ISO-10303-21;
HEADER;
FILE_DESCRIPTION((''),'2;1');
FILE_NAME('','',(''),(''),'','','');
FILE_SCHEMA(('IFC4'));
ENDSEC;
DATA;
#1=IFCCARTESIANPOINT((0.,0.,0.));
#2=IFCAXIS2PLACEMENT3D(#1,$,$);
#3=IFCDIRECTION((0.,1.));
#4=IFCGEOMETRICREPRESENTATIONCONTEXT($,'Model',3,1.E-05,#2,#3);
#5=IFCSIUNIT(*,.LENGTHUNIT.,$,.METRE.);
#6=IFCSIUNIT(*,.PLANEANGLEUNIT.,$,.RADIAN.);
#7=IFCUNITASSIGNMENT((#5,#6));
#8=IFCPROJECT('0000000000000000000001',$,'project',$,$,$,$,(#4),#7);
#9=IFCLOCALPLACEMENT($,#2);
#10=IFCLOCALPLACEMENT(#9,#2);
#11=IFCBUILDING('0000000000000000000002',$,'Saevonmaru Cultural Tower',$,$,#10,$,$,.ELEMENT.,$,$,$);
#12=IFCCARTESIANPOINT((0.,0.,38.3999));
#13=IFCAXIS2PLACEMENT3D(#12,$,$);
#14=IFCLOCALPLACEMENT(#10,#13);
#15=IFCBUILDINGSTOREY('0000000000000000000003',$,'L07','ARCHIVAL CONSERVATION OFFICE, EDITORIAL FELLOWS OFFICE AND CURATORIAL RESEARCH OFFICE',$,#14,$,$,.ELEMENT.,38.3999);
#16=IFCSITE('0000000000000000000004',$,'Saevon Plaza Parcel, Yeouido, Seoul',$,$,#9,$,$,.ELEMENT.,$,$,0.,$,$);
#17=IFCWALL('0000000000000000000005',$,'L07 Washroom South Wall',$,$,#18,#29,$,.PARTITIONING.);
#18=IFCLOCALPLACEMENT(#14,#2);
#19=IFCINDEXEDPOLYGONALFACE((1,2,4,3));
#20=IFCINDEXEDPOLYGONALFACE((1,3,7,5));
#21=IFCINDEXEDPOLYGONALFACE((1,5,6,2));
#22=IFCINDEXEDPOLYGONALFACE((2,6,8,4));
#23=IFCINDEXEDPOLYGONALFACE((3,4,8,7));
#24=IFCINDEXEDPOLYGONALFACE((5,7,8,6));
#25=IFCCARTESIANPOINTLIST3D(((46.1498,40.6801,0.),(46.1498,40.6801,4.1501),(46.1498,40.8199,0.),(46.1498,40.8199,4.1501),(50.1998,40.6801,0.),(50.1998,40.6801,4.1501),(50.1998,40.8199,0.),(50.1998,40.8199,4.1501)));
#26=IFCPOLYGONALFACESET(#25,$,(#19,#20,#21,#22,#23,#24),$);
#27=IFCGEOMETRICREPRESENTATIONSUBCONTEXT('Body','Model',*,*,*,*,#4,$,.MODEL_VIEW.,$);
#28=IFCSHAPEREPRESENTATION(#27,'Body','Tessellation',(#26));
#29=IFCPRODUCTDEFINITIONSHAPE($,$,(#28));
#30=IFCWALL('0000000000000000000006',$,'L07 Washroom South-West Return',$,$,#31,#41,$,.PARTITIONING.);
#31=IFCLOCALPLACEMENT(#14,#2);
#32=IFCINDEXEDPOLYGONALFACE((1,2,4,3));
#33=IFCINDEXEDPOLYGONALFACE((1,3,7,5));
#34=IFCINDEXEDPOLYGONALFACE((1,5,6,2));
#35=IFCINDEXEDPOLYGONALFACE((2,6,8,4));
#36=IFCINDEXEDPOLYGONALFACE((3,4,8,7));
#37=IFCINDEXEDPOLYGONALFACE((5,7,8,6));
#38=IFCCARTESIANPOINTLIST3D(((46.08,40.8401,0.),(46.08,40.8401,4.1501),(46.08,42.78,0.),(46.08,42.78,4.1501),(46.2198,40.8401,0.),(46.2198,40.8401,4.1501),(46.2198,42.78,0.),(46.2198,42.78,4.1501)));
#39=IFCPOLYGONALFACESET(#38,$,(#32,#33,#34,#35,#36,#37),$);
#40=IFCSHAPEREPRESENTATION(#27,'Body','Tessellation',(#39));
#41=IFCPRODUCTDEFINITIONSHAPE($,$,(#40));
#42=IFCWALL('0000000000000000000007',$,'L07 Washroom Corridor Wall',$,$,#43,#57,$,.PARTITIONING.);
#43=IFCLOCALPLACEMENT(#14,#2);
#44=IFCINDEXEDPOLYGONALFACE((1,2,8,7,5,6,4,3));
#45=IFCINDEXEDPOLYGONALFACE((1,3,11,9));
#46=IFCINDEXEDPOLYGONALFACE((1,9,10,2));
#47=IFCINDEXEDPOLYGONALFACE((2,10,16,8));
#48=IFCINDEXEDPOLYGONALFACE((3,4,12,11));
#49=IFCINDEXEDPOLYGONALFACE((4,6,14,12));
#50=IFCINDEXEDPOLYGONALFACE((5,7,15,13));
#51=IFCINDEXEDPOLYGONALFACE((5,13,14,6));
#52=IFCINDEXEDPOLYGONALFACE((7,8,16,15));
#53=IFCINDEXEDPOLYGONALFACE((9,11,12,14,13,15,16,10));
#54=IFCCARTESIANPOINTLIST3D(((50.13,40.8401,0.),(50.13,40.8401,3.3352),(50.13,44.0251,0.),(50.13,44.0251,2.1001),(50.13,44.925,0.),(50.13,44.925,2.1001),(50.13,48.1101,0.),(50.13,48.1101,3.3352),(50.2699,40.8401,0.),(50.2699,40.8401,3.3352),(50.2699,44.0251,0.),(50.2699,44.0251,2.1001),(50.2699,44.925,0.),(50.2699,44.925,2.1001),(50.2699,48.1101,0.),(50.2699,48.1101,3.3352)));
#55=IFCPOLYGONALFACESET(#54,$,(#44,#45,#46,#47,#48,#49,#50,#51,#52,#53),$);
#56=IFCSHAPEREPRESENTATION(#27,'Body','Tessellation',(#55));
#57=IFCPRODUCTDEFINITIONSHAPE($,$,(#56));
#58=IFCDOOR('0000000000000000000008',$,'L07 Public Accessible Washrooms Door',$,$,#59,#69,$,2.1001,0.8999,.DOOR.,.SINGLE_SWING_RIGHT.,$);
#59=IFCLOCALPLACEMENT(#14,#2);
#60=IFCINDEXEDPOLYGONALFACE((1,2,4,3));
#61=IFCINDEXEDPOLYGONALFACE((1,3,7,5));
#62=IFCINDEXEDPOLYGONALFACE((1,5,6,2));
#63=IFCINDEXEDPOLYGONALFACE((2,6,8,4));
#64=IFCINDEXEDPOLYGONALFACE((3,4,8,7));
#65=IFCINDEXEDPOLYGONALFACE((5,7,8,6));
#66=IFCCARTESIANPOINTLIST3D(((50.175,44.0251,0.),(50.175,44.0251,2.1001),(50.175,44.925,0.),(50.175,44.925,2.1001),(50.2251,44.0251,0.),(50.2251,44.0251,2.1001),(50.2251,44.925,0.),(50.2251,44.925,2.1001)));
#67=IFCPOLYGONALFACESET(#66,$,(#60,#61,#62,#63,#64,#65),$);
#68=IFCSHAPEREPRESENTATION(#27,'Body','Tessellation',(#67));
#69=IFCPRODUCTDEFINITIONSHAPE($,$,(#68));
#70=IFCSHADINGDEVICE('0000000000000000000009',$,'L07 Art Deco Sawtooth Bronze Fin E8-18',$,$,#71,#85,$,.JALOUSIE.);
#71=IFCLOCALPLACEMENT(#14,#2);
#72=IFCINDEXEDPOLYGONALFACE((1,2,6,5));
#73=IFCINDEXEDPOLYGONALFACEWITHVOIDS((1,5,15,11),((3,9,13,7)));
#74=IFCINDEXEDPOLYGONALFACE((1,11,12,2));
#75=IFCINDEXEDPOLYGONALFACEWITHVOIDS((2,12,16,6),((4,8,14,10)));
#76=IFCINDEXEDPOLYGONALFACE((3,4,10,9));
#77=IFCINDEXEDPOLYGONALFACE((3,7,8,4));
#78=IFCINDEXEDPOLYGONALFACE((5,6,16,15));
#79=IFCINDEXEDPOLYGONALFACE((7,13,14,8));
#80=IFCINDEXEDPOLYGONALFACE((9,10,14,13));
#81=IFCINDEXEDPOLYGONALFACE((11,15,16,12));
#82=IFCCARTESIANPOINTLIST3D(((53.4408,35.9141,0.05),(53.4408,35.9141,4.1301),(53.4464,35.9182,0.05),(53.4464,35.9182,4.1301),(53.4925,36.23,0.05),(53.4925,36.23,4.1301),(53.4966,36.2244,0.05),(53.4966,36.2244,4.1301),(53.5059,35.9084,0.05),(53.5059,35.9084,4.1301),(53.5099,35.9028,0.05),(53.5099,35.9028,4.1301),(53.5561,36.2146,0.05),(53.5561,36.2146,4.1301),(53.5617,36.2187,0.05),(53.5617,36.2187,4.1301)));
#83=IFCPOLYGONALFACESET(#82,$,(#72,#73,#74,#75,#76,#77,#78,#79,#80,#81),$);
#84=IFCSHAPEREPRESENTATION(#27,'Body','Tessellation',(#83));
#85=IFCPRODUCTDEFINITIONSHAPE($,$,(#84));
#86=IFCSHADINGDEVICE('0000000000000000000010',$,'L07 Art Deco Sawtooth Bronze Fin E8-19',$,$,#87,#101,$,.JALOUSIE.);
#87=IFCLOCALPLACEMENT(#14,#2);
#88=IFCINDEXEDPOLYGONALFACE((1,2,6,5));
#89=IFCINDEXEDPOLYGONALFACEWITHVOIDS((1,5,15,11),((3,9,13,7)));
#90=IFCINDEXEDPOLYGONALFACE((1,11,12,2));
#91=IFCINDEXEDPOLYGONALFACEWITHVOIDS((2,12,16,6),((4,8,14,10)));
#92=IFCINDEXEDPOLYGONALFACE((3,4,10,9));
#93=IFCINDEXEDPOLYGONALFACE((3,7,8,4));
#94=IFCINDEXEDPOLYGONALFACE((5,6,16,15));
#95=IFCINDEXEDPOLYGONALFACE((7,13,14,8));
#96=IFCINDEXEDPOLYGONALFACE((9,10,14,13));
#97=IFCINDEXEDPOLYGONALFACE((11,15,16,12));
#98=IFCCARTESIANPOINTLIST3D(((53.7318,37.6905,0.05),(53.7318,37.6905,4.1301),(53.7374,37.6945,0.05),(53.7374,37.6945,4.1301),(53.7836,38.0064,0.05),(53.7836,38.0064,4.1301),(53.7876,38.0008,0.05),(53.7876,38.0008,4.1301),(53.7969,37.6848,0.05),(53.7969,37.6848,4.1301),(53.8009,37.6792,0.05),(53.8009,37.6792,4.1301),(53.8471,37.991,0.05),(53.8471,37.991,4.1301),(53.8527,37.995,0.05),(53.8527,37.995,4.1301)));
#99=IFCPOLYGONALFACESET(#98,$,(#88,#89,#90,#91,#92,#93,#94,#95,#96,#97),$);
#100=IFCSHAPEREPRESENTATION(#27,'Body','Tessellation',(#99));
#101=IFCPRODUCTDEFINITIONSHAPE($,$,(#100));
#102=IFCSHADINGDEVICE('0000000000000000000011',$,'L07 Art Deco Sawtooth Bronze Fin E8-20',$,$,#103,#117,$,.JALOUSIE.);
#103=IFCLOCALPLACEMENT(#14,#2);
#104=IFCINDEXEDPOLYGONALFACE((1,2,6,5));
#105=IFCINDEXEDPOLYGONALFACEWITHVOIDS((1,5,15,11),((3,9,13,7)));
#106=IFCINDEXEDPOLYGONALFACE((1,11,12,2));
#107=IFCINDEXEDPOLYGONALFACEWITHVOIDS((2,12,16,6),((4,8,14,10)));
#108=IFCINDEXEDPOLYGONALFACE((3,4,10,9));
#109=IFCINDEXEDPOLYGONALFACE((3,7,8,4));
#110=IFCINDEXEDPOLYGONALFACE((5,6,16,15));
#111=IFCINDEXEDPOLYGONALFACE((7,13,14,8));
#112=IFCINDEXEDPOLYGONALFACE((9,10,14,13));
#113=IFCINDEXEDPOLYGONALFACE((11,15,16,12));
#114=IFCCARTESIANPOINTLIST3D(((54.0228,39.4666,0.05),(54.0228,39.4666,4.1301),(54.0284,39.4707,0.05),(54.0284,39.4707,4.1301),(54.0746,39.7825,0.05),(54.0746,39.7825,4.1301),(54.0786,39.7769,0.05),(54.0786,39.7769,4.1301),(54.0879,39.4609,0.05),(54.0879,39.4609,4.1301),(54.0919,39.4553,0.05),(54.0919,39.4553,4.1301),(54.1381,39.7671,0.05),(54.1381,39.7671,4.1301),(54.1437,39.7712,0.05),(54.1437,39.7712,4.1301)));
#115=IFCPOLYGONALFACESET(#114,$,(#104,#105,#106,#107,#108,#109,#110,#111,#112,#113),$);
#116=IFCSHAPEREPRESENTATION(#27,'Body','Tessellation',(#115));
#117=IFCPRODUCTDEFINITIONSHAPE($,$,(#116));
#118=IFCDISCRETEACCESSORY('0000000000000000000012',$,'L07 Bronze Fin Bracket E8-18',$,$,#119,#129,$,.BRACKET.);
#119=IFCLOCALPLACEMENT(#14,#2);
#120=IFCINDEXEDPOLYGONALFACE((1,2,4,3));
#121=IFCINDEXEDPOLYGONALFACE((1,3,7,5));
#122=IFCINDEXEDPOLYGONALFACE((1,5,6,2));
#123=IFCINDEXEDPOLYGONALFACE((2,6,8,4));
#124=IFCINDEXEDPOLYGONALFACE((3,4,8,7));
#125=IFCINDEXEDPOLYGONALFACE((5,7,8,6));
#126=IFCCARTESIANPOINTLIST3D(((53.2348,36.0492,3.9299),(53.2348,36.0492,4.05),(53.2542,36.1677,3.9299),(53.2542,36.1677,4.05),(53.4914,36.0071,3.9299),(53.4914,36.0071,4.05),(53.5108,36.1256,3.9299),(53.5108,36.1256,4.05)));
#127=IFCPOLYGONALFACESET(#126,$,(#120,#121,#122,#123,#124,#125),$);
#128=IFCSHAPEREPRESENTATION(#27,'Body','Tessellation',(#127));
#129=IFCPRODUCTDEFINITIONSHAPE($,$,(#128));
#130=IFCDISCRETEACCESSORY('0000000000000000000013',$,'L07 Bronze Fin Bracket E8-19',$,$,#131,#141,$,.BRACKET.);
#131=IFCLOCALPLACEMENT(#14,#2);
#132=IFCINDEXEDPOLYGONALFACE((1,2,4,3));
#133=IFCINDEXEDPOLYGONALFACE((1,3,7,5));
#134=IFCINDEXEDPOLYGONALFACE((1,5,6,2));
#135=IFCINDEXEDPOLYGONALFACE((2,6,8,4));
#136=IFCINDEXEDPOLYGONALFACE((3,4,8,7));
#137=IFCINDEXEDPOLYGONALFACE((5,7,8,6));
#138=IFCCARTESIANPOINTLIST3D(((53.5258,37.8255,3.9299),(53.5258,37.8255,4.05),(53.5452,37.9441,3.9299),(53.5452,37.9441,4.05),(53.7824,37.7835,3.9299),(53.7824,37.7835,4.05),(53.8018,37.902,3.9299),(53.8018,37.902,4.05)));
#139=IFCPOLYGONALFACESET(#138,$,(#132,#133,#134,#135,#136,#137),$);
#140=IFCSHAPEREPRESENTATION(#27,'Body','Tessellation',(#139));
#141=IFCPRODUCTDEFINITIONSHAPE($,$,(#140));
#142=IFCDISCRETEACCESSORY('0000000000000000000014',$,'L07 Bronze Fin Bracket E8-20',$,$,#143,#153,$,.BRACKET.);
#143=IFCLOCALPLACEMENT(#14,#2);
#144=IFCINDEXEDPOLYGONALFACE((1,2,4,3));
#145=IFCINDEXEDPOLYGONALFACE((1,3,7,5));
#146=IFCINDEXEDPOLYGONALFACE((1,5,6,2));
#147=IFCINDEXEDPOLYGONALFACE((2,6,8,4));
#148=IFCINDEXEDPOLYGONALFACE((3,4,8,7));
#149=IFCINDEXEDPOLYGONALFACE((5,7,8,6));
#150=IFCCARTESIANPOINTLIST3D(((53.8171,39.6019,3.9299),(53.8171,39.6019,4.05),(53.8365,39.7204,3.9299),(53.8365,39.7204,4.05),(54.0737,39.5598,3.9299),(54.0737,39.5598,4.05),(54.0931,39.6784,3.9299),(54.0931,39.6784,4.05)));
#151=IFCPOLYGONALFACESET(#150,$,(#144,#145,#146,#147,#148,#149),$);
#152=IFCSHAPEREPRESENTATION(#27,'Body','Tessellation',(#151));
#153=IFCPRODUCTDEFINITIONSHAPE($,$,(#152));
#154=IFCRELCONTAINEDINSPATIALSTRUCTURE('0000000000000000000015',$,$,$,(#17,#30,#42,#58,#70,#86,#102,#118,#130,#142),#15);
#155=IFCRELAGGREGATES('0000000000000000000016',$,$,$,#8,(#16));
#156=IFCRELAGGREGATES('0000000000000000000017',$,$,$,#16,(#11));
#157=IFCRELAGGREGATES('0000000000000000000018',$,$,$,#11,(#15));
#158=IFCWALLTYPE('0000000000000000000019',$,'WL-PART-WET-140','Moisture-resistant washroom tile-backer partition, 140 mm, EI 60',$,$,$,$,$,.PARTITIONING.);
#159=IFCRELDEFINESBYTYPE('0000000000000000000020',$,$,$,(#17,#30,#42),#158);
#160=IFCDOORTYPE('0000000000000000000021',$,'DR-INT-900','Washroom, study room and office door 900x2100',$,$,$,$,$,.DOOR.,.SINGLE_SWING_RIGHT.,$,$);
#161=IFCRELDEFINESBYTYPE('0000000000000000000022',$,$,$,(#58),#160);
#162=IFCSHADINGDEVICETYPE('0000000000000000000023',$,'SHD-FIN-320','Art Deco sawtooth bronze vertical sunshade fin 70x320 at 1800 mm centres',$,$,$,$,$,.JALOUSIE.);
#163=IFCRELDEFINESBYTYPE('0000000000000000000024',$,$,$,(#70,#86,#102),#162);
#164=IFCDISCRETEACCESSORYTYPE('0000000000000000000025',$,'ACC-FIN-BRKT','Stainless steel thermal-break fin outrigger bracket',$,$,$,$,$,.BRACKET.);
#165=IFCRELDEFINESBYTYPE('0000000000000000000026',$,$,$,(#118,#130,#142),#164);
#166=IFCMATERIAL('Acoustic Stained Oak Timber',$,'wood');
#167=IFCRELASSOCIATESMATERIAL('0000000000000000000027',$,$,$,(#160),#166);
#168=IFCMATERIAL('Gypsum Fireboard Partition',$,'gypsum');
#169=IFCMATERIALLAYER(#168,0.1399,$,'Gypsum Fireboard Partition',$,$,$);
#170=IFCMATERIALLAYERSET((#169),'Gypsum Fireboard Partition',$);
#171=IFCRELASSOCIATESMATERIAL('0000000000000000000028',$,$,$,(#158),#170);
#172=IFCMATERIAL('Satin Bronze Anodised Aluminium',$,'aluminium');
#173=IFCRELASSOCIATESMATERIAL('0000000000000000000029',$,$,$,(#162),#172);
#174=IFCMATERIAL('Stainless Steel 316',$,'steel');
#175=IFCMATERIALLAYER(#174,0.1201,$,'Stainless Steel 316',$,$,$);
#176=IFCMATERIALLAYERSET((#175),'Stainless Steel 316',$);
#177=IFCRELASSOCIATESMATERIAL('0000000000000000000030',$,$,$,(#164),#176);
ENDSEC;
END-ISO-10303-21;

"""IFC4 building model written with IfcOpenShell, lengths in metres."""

from ifc_helpers import new_model, si_unit, direction, frame, frame_2d, origin, origin_2d, place, context, subcontext, project, spatial, rectangle, hollow_rectangle, extrude, material, layer, layer_set, material_profile, profile_set, type_object, element, fill, save


model = new_model("IFC4")

# Units and contexts
model_context = context("Model", 3, precision=1e-05, world=origin(), true_north=direction((0.0, 1.0)))
body_context = subcontext(model_context, "Body", "Model", "MODEL_VIEW")
ifc_project = project(units=[si_unit("LENGTHUNIT", "METRE"), si_unit("PLANEANGLEUNIT", "RADIAN")], contexts=[model_context])

# Site, building, storey
site_placement = place(None, origin())
site = spatial("IfcSite", under=ifc_project, at=site_placement, Name="Saevon Plaza Parcel, Yeouido, Seoul", CompositionType="ELEMENT", RefElevation=0.0)
building_placement = place(site_placement, origin())
building = spatial("IfcBuilding", under=site, at=building_placement, Name="Saevonmaru Cultural Tower", CompositionType="ELEMENT")
storey_placement = place(building_placement, frame((0.0, 0.0, 38.3999)))
storey = spatial("IfcBuildingStorey", under=building, at=storey_placement, Name="L07", Description="ARCHIVAL CONSERVATION OFFICE, EDITORIAL FELLOWS OFFICE AND CURATORIAL RESEARCH OFFICE", CompositionType="ELEMENT", Elevation=38.3999)

# Shared definitions
ifc_material_1 = material(Name="Satin Bronze Anodised Aluminium", Category="aluminium")

# Shared definitions
ifc_material_2 = material(Name="Gypsum Fireboard Partition", Category="gypsum")
ifc_material_3 = material(Name="Acoustic Stained Oak Timber", Category="wood")
door_type_1 = type_object("IfcDoorType", Name="DR-INT-900", Description="Washroom, study room and office door 900x2100", OperationType="SINGLE_SWING_RIGHT", PredefinedType="DOOR", material=ifc_material_3)

# Walls
ifc_layer_1 = layer(ifc_material_2, 0.1399, Name="Gypsum Fireboard Partition")
ifc_layer_set_1 = layer_set([ifc_layer_1], Name="Gypsum Fireboard Partition")
wall_type_1 = type_object("IfcWallType", Name="WL-PART-WET-140", Description="Moisture-resistant washroom tile-backer partition, 140 mm, EI 60", PredefinedType="PARTITIONING", material=ifc_layer_set_1)
wall_1_placement = place(storey_placement, frame((46.1499, 40.75, 0.0), z_axis=(0.0, 0.0, 1.0), x_axis=(1.0, 0.0, 0.0)))
element("IfcWall", 1, at=wall_1_placement, inside=storey, type_object=wall_type_1, Name="L07 Washroom South Wall", PredefinedType="PARTITIONING", context=body_context, shape_type="SweptSolid", body=[
    extrude(rectangle(XDim=4.05, YDim=0.1399, at=frame_2d((2.0249, 0.0))), origin(), (0.0, 0.0, 1.0), 4.1501),
])
wall_2_placement = place(storey_placement, frame((46.1499, 40.8401, 0.0), z_axis=(0.0, 0.0, 1.0), x_axis=(0.0, 1.0, 0.0)))
element("IfcWall", 2, at=wall_2_placement, inside=storey, type_object=wall_type_1, Name="L07 Washroom South-West Return", PredefinedType="PARTITIONING", context=body_context, shape_type="SweptSolid", body=[
    extrude(rectangle(XDim=1.9399, YDim=0.1399, at=frame_2d((0.97, 0.0))), origin(), (0.0, 0.0, 1.0), 4.1501),
])

# Wall, opening, door
wall_3_placement = place(storey_placement, frame((50.2, 40.8401, 0.0), z_axis=(0.0, 0.0, 1.0), x_axis=(0.0, 1.0, 0.0)))
wall_3 = element("IfcWall", 3, at=wall_3_placement, inside=storey, type_object=wall_type_1, Name="L07 Washroom Corridor Wall", PredefinedType="PARTITIONING", context=body_context, shape_type="SweptSolid", body=[
    extrude(rectangle(XDim=7.27, YDim=0.1399, at=frame_2d((3.635, 0.0))), origin(), (0.0, 0.0, 1.0), 3.3352),
])
opening_1_placement = place(wall_3_placement, frame((3.1851, 0.0, 0.0)))
opening_1 = element("IfcOpeningElement", 4, at=opening_1_placement, cuts=wall_3, PredefinedType="OPENING", context=body_context, shape_type="SweptSolid", body=[
    extrude(rectangle(XDim=0.8999, YDim=2.1001, at=frame_2d((0.45, 1.05))), frame((0.0, 0.0801, 0.0), z_axis=(0.0, -1.0, 0.0), x_axis=(1.0, 0.0, 0.0)), (0.0, 0.0, 1.0), 0.1599),
])
door_1_placement = place(opening_1_placement, origin())
door_1 = element("IfcDoor", 5, at=door_1_placement, inside=storey, type_object=door_type_1, Name="L07 Public Accessible Washrooms Door", OperationType="SINGLE_SWING_RIGHT", OverallHeight=2.1001, OverallWidth=0.8999, PredefinedType="DOOR", context=body_context, shape_type="SweptSolid", body=[
    extrude(rectangle(XDim=0.8999, YDim=2.1001, at=frame_2d((0.45, 1.05))), frame((0.0, 0.0249, 0.0), z_axis=(0.0, -1.0, 0.0), x_axis=(1.0, 0.0, 0.0)), (0.0, 0.0, 1.0), 0.05),
])
fill(opening_1, door_1)

# Shading devices
ifc_material_profile_1 = material_profile(ifc_material_1, hollow_rectangle(XDim=0.0701, YDim=0.3201, WallThickness=0.0049, at=origin_2d()), Name="FIN-320x70")
ifc_profile_set_1 = profile_set([ifc_material_profile_1], Name="Satin Bronze Anodised Aluminium")
shading_device_type = type_object("IfcShadingDeviceType", Name="SHD-FIN-320", Description="Art Deco sawtooth bronze vertical sunshade fin 70x320 at 1800 mm centres", PredefinedType="JALOUSIE", material=ifc_profile_set_1)
for number, where, z_axis, x_axis, name in (
    (6, (53.5012, 36.0664, 0.05), (0.0, 0.0, 1.0), (0.986827, -0.161776, 0.0), "L07 Art Deco Sawtooth Bronze Fin E8-18"),
    (7, (53.7922, 37.8428, 0.05), (0.0, 0.0, 1.0), (0.986827, -0.161776, 0.0), "L07 Art Deco Sawtooth Bronze Fin E8-19"),
    (8, (54.0833, 39.6189, 0.05), (0.0, 0.0, 1.0), (0.986827, -0.161776, 0.0), "L07 Art Deco Sawtooth Bronze Fin E8-20"),
):
    element("IfcShadingDevice", number, at=place(storey_placement, frame(where, z_axis=z_axis, x_axis=x_axis)), inside=storey, type_object=shading_device_type, Name=name, PredefinedType="JALOUSIE", context=body_context, shape_type="SweptSolid", body=[
        extrude(hollow_rectangle(XDim=0.0701, YDim=0.3201, WallThickness=0.0049, at=origin_2d()), origin(), (0.0, 0.0, 1.0), 4.0801),
    ])

# Discrete accessories
ifc_material_4 = material(Name="Stainless Steel 316", Category="steel")
ifc_layer_2 = layer(ifc_material_4, 0.1201, Name="Stainless Steel 316")
ifc_layer_set_2 = layer_set([ifc_layer_2], Name="Stainless Steel 316")
discrete_accessory_type = type_object("IfcDiscreteAccessoryType", Name="ACC-FIN-BRKT", Description="Stainless steel thermal-break fin outrigger bracket", PredefinedType="BRACKET", material=ifc_layer_set_2)
for number, where, z_axis, x_axis, name in (
    (9, (53.3728, 36.0874, 3.9299), (0.0, 0.0, 1.0), (0.986827, -0.161776, 0.0), "L07 Bronze Fin Bracket E8-18"),
    (10, (53.6638, 37.8638, 3.9299), (0.0, 0.0, 1.0), (0.986827, -0.161776, 0.0), "L07 Bronze Fin Bracket E8-19"),
    (11, (53.9551, 39.6401, 3.9299), (0.0, 0.0, 1.0), (0.986827, -0.161776, 0.0), "L07 Bronze Fin Bracket E8-20"),
):
    element("IfcDiscreteAccessory", number, at=place(storey_placement, frame(where, z_axis=z_axis, x_axis=x_axis)), inside=storey, type_object=discrete_accessory_type, Name=name, PredefinedType="BRACKET", context=body_context, shape_type="SweptSolid", body=[
        extrude(rectangle(XDim=0.26, YDim=0.1201, at=origin_2d()), origin(), (0.0, 0.0, 1.0), 0.1201),
    ])

save(model, "model.ifc")
